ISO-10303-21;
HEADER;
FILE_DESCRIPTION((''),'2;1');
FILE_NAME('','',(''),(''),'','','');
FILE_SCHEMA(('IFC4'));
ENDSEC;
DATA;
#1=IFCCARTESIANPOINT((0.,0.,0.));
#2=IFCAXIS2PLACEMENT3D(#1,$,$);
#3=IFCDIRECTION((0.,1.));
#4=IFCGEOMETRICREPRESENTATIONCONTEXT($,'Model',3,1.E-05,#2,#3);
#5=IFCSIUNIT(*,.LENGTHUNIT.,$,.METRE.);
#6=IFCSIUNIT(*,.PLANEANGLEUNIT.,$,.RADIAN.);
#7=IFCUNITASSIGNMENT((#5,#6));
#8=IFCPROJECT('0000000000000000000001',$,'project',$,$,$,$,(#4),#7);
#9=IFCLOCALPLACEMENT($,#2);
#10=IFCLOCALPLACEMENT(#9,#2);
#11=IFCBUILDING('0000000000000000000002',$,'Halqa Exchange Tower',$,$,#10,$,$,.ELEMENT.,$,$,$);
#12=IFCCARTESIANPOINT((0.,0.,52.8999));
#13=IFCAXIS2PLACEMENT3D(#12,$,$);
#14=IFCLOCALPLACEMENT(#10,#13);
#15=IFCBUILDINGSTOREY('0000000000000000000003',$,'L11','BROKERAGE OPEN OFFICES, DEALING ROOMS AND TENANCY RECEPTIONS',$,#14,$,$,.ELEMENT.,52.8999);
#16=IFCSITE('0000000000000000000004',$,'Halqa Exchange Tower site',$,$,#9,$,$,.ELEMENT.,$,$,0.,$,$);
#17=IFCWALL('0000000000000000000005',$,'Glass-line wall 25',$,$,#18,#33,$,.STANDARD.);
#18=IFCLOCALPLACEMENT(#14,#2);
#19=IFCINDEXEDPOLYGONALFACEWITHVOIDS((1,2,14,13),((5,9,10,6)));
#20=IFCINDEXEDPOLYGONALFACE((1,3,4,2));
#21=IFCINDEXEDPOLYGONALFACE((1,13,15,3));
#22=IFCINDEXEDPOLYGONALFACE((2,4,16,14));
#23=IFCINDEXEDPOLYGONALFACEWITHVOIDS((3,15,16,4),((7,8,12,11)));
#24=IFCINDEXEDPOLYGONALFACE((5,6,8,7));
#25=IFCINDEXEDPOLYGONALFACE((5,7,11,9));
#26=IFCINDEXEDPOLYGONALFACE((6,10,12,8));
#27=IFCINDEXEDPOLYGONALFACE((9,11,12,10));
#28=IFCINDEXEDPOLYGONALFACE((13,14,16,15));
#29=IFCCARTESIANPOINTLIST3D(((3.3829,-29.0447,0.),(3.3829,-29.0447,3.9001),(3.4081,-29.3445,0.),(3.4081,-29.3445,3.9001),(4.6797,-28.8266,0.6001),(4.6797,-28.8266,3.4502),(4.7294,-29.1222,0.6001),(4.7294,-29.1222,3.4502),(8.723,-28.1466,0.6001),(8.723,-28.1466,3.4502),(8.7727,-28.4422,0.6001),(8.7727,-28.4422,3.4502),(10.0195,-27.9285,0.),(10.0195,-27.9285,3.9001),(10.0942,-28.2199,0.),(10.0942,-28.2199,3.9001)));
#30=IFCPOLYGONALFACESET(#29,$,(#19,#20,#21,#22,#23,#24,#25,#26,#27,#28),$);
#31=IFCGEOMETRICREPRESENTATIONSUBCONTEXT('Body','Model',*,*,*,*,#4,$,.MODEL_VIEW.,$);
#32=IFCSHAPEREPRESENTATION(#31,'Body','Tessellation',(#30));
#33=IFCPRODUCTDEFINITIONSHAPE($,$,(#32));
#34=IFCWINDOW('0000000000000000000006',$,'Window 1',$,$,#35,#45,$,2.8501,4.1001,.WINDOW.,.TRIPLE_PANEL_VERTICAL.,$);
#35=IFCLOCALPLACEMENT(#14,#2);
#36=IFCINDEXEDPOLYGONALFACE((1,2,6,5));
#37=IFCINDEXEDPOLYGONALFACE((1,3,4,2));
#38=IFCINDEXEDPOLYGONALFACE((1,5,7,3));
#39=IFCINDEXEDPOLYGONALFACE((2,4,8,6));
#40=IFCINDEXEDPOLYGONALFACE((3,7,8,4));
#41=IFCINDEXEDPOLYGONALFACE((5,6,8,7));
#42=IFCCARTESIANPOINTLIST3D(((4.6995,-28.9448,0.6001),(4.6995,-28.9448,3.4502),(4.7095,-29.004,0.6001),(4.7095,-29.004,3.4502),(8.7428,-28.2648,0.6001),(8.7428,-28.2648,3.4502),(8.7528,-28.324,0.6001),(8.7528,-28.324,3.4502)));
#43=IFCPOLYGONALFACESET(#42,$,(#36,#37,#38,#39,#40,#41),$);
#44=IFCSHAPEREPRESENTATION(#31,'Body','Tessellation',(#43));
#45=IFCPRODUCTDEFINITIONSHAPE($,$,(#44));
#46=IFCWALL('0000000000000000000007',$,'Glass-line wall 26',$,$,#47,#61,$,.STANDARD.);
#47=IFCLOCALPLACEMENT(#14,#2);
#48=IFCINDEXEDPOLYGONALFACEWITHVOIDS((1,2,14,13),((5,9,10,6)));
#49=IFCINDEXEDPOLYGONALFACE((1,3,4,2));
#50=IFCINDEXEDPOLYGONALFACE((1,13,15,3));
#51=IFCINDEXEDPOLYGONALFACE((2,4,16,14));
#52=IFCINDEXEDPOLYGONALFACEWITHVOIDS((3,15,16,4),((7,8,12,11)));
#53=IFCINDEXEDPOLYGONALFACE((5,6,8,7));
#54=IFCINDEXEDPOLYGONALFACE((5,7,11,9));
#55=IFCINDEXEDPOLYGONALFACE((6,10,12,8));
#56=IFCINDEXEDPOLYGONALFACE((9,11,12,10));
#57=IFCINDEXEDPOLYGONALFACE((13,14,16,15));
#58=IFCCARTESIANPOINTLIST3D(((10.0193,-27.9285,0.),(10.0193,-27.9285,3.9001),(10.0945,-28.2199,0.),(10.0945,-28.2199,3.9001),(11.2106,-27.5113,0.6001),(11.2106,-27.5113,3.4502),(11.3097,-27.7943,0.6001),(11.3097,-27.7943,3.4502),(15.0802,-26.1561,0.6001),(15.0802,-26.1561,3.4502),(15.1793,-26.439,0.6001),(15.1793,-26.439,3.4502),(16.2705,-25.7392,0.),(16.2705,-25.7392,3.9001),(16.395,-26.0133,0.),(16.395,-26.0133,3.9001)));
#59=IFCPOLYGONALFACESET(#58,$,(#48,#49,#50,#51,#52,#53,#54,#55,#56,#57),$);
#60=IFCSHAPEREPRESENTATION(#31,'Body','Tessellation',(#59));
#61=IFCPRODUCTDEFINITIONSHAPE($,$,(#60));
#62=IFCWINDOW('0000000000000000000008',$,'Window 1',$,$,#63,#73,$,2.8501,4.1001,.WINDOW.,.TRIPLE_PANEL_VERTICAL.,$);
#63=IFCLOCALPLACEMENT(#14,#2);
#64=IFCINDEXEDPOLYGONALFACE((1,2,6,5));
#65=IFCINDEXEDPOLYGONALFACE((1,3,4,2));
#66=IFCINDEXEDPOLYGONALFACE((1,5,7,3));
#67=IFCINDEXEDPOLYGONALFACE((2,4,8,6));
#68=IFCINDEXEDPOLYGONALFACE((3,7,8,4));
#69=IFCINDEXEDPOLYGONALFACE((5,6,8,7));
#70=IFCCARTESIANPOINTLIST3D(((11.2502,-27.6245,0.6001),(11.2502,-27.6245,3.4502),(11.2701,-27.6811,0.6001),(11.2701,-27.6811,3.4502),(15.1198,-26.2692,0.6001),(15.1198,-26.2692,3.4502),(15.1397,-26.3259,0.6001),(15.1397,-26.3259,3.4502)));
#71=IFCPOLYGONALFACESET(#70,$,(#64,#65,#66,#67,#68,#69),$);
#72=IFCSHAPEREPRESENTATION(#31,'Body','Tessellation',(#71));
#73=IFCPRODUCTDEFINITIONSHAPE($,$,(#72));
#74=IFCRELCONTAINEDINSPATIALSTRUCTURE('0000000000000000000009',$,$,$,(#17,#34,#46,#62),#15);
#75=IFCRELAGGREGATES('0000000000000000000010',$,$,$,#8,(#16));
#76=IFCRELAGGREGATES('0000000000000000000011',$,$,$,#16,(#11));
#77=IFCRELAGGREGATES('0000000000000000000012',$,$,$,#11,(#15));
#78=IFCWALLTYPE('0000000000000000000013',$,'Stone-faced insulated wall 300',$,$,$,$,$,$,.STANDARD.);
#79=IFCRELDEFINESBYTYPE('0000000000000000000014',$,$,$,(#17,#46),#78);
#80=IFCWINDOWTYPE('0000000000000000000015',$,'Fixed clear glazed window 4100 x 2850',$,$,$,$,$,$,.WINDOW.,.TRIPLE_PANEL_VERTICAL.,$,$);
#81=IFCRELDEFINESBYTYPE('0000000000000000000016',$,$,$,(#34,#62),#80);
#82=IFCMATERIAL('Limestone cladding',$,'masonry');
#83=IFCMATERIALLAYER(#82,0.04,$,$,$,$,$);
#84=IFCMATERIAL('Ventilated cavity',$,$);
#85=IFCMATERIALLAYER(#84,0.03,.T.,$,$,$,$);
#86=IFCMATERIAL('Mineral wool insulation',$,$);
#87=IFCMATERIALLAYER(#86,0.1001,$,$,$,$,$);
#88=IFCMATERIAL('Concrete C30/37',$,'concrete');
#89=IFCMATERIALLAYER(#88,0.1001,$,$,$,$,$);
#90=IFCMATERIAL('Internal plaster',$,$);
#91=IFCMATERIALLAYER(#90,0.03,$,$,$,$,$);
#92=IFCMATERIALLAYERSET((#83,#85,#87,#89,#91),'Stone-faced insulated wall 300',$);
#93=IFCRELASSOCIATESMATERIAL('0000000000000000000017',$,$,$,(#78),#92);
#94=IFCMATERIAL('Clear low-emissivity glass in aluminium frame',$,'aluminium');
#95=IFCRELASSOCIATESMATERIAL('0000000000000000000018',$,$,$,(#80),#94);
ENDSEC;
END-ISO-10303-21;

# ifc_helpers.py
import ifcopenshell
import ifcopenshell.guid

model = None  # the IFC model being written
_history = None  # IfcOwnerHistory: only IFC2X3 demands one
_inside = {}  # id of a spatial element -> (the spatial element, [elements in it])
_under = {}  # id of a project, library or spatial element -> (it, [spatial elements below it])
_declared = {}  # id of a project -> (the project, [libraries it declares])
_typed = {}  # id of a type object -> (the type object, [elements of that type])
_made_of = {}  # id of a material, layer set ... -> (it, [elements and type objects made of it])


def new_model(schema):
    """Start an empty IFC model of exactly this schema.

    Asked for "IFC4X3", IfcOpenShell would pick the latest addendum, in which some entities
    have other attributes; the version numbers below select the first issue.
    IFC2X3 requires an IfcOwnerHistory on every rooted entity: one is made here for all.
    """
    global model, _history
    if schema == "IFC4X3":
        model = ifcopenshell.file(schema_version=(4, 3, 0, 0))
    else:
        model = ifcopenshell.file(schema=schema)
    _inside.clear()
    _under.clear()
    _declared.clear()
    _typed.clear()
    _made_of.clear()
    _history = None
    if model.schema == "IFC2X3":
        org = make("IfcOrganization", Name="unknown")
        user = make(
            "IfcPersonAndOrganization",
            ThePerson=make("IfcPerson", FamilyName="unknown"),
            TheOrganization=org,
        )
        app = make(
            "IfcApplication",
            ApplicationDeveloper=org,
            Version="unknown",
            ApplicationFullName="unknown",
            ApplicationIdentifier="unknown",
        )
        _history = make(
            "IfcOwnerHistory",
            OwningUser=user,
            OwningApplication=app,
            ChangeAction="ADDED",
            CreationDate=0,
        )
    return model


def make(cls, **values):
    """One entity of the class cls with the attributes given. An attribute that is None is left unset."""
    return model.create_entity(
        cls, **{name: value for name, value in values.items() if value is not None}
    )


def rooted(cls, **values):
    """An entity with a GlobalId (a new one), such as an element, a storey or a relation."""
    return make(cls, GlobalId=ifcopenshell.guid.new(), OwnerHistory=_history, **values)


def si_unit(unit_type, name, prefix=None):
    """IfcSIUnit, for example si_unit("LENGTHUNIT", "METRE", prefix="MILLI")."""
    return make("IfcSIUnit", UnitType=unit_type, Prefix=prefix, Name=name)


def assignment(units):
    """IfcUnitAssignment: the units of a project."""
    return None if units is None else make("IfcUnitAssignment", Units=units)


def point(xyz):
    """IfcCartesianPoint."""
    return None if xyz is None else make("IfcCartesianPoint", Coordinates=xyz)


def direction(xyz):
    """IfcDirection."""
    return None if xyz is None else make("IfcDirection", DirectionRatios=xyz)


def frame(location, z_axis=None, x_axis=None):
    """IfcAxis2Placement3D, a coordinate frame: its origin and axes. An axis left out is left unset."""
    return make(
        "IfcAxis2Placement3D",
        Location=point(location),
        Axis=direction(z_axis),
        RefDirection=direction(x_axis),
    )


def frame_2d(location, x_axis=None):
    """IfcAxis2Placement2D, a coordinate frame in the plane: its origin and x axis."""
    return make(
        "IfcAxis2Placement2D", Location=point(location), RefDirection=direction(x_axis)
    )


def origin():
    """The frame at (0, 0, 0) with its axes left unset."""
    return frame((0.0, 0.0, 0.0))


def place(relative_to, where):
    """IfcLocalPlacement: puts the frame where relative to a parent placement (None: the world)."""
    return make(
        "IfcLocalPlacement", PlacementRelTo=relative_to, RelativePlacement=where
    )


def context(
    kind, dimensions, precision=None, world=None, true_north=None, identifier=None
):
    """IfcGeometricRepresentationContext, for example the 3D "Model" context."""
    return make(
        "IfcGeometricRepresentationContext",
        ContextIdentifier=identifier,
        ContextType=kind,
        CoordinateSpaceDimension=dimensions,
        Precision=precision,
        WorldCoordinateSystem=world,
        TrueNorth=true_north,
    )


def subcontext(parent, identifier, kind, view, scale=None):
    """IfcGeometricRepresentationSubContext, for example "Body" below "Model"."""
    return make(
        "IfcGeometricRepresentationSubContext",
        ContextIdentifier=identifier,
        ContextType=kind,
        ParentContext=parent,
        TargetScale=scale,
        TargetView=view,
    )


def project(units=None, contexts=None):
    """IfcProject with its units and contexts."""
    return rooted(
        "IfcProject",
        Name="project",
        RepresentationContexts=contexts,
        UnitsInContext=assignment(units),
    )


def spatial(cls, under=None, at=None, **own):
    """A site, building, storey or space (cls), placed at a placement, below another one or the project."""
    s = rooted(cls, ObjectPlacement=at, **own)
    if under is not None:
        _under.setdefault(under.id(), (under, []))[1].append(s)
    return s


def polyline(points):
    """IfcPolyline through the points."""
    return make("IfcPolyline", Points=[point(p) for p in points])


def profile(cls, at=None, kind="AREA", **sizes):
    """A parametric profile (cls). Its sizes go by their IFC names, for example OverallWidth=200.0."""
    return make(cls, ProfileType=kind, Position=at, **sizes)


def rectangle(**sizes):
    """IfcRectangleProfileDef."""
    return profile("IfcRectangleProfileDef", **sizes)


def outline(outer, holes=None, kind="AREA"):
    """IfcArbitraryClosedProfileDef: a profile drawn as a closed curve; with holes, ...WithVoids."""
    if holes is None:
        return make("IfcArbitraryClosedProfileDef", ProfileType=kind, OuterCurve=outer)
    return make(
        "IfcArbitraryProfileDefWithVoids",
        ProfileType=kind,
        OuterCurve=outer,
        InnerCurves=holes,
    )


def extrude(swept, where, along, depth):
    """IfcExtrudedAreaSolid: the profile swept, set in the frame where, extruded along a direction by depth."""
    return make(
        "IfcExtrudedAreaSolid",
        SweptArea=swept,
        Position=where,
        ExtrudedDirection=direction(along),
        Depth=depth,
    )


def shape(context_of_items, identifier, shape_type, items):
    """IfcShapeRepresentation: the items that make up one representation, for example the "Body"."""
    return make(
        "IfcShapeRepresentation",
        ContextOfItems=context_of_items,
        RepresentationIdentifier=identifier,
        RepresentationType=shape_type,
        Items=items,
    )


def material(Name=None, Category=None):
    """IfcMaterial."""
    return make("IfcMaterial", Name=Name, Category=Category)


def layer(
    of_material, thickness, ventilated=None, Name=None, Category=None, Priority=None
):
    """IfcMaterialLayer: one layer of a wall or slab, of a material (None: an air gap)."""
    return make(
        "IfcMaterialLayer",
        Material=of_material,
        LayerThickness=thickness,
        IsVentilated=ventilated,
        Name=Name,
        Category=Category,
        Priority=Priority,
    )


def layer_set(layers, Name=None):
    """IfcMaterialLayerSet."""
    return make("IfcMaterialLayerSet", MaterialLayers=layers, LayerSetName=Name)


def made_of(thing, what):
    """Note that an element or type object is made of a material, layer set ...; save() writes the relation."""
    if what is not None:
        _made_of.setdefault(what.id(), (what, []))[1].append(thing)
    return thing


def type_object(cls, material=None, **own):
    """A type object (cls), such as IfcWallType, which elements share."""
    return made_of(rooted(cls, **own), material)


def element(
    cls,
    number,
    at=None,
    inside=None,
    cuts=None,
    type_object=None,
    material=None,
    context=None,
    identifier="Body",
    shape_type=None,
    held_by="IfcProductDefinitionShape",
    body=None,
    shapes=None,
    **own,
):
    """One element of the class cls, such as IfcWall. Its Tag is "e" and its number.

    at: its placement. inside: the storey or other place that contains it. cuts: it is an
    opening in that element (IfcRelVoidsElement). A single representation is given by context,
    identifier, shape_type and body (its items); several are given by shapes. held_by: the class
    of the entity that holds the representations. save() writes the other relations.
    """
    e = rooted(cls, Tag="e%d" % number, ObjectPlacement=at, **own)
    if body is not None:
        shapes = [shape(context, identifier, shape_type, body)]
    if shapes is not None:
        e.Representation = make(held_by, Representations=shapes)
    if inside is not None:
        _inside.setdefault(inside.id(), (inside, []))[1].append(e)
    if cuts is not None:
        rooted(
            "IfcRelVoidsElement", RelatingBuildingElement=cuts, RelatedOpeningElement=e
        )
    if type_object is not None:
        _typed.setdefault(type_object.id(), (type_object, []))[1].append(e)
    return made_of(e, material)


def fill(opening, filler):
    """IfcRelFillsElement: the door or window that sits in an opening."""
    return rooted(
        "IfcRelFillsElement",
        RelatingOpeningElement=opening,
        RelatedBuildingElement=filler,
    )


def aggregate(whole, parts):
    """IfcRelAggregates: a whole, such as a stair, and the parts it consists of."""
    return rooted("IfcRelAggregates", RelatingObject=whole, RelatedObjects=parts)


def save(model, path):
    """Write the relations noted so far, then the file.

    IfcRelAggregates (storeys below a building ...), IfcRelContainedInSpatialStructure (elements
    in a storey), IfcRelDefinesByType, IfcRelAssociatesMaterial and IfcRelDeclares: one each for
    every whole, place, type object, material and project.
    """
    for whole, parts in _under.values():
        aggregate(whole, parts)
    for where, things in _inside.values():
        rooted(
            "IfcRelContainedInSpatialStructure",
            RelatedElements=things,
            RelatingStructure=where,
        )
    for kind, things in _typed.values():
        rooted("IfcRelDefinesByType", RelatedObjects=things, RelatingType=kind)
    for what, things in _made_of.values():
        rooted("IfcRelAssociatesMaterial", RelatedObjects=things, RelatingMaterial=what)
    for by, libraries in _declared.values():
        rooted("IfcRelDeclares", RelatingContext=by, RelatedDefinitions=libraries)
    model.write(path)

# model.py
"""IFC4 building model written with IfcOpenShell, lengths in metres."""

from ifc_helpers import new_model, si_unit, direction, frame, frame_2d, origin, place, context, subcontext, project, spatial, polyline, rectangle, outline, extrude, material, layer, layer_set, type_object, element, fill, save


model = new_model("IFC4")

# Units and contexts
model_context = context("Model", 3, precision=1e-05, world=origin(), true_north=direction((0.0, 1.0)))
body_context = subcontext(model_context, "Body", "Model", "MODEL_VIEW")
ifc_project = project(units=[si_unit("LENGTHUNIT", "METRE"), si_unit("PLANEANGLEUNIT", "RADIAN")], contexts=[model_context])

# Site, building, storey
site_placement = place(None, origin())
site = spatial("IfcSite", under=ifc_project, at=site_placement, Name="Halqa Exchange Tower site", CompositionType="ELEMENT", RefElevation=0.0)
building_placement = place(site_placement, origin())
building = spatial("IfcBuilding", under=site, at=building_placement, Name="Halqa Exchange Tower", CompositionType="ELEMENT")
storey_placement = place(building_placement, frame((0.0, 0.0, 52.8999)))
storey = spatial("IfcBuildingStorey", under=building, at=storey_placement, Name="L11", Description="BROKERAGE OPEN OFFICES, DEALING ROOMS AND TENANCY RECEPTIONS", CompositionType="ELEMENT", Elevation=52.8999)

# Shared definitions
ifc_material_1 = material(Name="Concrete C30/37", Category="concrete")

# Walls, openings, windows
ifc_material_2 = material(Name="Limestone cladding", Category="masonry")
ifc_layer_1 = layer(ifc_material_2, 0.04)
ifc_material_3 = material(Name="Ventilated cavity")
ifc_layer_2 = layer(ifc_material_3, 0.03, ventilated=True)
ifc_material_4 = material(Name="Mineral wool insulation")
ifc_layer_3 = layer(ifc_material_4, 0.1001)
ifc_layer_4 = layer(ifc_material_1, 0.1001)
ifc_material_5 = material(Name="Internal plaster")
ifc_layer_5 = layer(ifc_material_5, 0.03)
ifc_layer_set_1 = layer_set([ifc_layer_1, ifc_layer_2, ifc_layer_3, ifc_layer_4, ifc_layer_5], Name="Stone-faced insulated wall 300")
wall_type_1 = type_object("IfcWallType", Name="Stone-faced insulated wall 300", PredefinedType="STANDARD", material=ifc_layer_set_1)
wall_1_placement = place(storey_placement, frame((3.3955, -29.1946, 0.0), z_axis=(0.0, 0.0, 1.0), x_axis=(0.98615, 0.165858, 0.0)))
wall_1 = element("IfcWall", 1, at=wall_1_placement, inside=storey, type_object=wall_type_1, Name="Glass-line wall 25", PredefinedType="STANDARD", context=body_context, shape_type="SweptSolid", body=[
    extrude(outline(polyline([(-0.0125, -0.1499), (6.7676, -0.1499), (6.7422, 0.1499), (0.0125, 0.1499), (-0.0125, -0.1499)])), origin(), (0.0, 0.0, 1.0), 3.9001),
])
opening_1_placement = place(wall_1_placement, frame((1.3274, 0.0, 0.6001)))
opening_1 = element("IfcOpeningElement", 2, at=opening_1_placement, cuts=wall_1, PredefinedType="OPENING", context=body_context, shape_type="SweptSolid", body=[
    extrude(rectangle(XDim=4.1001, YDim=2.8501, at=frame_2d((2.05, 1.425))), frame((0.0, 0.1621, 0.0), z_axis=(0.0, -1.0, 0.0), x_axis=(1.0, 0.0, 0.0)), (0.0, 0.0, 1.0), 0.324),
])
ifc_material_6 = material(Name="Clear low-emissivity glass in aluminium frame", Category="aluminium")
window_type = type_object("IfcWindowType", Name="Fixed clear glazed window 4100 x 2850", PartitioningType="TRIPLE_PANEL_VERTICAL", PredefinedType="WINDOW", material=ifc_material_6)
window_1_placement = place(opening_1_placement, origin())
window_1 = element("IfcWindow", 3, at=window_1_placement, inside=storey, type_object=window_type, Name="Window 1", OverallHeight=2.8501, OverallWidth=4.1001, PartitioningType="TRIPLE_PANEL_VERTICAL", PredefinedType="WINDOW", context=body_context, shape_type="SweptSolid", body=[
    extrude(rectangle(XDim=4.1001, YDim=2.8501, at=frame_2d((2.05, 1.425))), frame((0.0, 0.03, 0.0), z_axis=(0.0, -1.0, 0.0), x_axis=(1.0, 0.0, 0.0)), (0.0, 0.0, 1.0), 0.0601),
])
fill(opening_1, window_1)
wall_2_placement = place(storey_placement, frame((10.0569, -28.0742, 0.0), z_axis=(0.0, 0.0, 1.0), x_axis=(0.943791, 0.330543, 0.0)))
wall_2 = element("IfcWall", 4, at=wall_2_placement, inside=storey, type_object=wall_type_1, Name="Glass-line wall 26", PredefinedType="STANDARD", context=body_context, shape_type="SweptSolid", body=[
    extrude(outline(polyline([(-0.0127, -0.1499), (6.6631, -0.1499), (6.6362, 0.1499), (0.0127, 0.1499), (-0.0127, -0.1499)])), origin(), (0.0, 0.0, 1.0), 3.9001),
])
opening_2_placement = place(wall_2_placement, frame((1.2749, 0.0, 0.6001)))
opening_2 = element("IfcOpeningElement", 5, at=opening_2_placement, cuts=wall_2, PredefinedType="OPENING", context=body_context, shape_type="SweptSolid", body=[
    extrude(rectangle(XDim=4.1001, YDim=2.8501, at=frame_2d((2.05, 1.425))), frame((0.0, 0.1621, 0.0), z_axis=(0.0, -1.0, 0.0), x_axis=(1.0, 0.0, 0.0)), (0.0, 0.0, 1.0), 0.324),
])
window_2_placement = place(opening_2_placement, origin())
window_2 = element("IfcWindow", 6, at=window_2_placement, inside=storey, type_object=window_type, Name="Window 1", OverallHeight=2.8501, OverallWidth=4.1001, PartitioningType="TRIPLE_PANEL_VERTICAL", PredefinedType="WINDOW", context=body_context, shape_type="SweptSolid", body=[
    extrude(rectangle(XDim=4.1001, YDim=2.8501, at=frame_2d((2.05, 1.425))), frame((0.0, 0.03, 0.0), z_axis=(0.0, -1.0, 0.0), x_axis=(1.0, 0.0, 0.0)), (0.0, 0.0, 1.0), 0.0601),
])
fill(opening_2, window_2)

save(model, "model.ifc")
